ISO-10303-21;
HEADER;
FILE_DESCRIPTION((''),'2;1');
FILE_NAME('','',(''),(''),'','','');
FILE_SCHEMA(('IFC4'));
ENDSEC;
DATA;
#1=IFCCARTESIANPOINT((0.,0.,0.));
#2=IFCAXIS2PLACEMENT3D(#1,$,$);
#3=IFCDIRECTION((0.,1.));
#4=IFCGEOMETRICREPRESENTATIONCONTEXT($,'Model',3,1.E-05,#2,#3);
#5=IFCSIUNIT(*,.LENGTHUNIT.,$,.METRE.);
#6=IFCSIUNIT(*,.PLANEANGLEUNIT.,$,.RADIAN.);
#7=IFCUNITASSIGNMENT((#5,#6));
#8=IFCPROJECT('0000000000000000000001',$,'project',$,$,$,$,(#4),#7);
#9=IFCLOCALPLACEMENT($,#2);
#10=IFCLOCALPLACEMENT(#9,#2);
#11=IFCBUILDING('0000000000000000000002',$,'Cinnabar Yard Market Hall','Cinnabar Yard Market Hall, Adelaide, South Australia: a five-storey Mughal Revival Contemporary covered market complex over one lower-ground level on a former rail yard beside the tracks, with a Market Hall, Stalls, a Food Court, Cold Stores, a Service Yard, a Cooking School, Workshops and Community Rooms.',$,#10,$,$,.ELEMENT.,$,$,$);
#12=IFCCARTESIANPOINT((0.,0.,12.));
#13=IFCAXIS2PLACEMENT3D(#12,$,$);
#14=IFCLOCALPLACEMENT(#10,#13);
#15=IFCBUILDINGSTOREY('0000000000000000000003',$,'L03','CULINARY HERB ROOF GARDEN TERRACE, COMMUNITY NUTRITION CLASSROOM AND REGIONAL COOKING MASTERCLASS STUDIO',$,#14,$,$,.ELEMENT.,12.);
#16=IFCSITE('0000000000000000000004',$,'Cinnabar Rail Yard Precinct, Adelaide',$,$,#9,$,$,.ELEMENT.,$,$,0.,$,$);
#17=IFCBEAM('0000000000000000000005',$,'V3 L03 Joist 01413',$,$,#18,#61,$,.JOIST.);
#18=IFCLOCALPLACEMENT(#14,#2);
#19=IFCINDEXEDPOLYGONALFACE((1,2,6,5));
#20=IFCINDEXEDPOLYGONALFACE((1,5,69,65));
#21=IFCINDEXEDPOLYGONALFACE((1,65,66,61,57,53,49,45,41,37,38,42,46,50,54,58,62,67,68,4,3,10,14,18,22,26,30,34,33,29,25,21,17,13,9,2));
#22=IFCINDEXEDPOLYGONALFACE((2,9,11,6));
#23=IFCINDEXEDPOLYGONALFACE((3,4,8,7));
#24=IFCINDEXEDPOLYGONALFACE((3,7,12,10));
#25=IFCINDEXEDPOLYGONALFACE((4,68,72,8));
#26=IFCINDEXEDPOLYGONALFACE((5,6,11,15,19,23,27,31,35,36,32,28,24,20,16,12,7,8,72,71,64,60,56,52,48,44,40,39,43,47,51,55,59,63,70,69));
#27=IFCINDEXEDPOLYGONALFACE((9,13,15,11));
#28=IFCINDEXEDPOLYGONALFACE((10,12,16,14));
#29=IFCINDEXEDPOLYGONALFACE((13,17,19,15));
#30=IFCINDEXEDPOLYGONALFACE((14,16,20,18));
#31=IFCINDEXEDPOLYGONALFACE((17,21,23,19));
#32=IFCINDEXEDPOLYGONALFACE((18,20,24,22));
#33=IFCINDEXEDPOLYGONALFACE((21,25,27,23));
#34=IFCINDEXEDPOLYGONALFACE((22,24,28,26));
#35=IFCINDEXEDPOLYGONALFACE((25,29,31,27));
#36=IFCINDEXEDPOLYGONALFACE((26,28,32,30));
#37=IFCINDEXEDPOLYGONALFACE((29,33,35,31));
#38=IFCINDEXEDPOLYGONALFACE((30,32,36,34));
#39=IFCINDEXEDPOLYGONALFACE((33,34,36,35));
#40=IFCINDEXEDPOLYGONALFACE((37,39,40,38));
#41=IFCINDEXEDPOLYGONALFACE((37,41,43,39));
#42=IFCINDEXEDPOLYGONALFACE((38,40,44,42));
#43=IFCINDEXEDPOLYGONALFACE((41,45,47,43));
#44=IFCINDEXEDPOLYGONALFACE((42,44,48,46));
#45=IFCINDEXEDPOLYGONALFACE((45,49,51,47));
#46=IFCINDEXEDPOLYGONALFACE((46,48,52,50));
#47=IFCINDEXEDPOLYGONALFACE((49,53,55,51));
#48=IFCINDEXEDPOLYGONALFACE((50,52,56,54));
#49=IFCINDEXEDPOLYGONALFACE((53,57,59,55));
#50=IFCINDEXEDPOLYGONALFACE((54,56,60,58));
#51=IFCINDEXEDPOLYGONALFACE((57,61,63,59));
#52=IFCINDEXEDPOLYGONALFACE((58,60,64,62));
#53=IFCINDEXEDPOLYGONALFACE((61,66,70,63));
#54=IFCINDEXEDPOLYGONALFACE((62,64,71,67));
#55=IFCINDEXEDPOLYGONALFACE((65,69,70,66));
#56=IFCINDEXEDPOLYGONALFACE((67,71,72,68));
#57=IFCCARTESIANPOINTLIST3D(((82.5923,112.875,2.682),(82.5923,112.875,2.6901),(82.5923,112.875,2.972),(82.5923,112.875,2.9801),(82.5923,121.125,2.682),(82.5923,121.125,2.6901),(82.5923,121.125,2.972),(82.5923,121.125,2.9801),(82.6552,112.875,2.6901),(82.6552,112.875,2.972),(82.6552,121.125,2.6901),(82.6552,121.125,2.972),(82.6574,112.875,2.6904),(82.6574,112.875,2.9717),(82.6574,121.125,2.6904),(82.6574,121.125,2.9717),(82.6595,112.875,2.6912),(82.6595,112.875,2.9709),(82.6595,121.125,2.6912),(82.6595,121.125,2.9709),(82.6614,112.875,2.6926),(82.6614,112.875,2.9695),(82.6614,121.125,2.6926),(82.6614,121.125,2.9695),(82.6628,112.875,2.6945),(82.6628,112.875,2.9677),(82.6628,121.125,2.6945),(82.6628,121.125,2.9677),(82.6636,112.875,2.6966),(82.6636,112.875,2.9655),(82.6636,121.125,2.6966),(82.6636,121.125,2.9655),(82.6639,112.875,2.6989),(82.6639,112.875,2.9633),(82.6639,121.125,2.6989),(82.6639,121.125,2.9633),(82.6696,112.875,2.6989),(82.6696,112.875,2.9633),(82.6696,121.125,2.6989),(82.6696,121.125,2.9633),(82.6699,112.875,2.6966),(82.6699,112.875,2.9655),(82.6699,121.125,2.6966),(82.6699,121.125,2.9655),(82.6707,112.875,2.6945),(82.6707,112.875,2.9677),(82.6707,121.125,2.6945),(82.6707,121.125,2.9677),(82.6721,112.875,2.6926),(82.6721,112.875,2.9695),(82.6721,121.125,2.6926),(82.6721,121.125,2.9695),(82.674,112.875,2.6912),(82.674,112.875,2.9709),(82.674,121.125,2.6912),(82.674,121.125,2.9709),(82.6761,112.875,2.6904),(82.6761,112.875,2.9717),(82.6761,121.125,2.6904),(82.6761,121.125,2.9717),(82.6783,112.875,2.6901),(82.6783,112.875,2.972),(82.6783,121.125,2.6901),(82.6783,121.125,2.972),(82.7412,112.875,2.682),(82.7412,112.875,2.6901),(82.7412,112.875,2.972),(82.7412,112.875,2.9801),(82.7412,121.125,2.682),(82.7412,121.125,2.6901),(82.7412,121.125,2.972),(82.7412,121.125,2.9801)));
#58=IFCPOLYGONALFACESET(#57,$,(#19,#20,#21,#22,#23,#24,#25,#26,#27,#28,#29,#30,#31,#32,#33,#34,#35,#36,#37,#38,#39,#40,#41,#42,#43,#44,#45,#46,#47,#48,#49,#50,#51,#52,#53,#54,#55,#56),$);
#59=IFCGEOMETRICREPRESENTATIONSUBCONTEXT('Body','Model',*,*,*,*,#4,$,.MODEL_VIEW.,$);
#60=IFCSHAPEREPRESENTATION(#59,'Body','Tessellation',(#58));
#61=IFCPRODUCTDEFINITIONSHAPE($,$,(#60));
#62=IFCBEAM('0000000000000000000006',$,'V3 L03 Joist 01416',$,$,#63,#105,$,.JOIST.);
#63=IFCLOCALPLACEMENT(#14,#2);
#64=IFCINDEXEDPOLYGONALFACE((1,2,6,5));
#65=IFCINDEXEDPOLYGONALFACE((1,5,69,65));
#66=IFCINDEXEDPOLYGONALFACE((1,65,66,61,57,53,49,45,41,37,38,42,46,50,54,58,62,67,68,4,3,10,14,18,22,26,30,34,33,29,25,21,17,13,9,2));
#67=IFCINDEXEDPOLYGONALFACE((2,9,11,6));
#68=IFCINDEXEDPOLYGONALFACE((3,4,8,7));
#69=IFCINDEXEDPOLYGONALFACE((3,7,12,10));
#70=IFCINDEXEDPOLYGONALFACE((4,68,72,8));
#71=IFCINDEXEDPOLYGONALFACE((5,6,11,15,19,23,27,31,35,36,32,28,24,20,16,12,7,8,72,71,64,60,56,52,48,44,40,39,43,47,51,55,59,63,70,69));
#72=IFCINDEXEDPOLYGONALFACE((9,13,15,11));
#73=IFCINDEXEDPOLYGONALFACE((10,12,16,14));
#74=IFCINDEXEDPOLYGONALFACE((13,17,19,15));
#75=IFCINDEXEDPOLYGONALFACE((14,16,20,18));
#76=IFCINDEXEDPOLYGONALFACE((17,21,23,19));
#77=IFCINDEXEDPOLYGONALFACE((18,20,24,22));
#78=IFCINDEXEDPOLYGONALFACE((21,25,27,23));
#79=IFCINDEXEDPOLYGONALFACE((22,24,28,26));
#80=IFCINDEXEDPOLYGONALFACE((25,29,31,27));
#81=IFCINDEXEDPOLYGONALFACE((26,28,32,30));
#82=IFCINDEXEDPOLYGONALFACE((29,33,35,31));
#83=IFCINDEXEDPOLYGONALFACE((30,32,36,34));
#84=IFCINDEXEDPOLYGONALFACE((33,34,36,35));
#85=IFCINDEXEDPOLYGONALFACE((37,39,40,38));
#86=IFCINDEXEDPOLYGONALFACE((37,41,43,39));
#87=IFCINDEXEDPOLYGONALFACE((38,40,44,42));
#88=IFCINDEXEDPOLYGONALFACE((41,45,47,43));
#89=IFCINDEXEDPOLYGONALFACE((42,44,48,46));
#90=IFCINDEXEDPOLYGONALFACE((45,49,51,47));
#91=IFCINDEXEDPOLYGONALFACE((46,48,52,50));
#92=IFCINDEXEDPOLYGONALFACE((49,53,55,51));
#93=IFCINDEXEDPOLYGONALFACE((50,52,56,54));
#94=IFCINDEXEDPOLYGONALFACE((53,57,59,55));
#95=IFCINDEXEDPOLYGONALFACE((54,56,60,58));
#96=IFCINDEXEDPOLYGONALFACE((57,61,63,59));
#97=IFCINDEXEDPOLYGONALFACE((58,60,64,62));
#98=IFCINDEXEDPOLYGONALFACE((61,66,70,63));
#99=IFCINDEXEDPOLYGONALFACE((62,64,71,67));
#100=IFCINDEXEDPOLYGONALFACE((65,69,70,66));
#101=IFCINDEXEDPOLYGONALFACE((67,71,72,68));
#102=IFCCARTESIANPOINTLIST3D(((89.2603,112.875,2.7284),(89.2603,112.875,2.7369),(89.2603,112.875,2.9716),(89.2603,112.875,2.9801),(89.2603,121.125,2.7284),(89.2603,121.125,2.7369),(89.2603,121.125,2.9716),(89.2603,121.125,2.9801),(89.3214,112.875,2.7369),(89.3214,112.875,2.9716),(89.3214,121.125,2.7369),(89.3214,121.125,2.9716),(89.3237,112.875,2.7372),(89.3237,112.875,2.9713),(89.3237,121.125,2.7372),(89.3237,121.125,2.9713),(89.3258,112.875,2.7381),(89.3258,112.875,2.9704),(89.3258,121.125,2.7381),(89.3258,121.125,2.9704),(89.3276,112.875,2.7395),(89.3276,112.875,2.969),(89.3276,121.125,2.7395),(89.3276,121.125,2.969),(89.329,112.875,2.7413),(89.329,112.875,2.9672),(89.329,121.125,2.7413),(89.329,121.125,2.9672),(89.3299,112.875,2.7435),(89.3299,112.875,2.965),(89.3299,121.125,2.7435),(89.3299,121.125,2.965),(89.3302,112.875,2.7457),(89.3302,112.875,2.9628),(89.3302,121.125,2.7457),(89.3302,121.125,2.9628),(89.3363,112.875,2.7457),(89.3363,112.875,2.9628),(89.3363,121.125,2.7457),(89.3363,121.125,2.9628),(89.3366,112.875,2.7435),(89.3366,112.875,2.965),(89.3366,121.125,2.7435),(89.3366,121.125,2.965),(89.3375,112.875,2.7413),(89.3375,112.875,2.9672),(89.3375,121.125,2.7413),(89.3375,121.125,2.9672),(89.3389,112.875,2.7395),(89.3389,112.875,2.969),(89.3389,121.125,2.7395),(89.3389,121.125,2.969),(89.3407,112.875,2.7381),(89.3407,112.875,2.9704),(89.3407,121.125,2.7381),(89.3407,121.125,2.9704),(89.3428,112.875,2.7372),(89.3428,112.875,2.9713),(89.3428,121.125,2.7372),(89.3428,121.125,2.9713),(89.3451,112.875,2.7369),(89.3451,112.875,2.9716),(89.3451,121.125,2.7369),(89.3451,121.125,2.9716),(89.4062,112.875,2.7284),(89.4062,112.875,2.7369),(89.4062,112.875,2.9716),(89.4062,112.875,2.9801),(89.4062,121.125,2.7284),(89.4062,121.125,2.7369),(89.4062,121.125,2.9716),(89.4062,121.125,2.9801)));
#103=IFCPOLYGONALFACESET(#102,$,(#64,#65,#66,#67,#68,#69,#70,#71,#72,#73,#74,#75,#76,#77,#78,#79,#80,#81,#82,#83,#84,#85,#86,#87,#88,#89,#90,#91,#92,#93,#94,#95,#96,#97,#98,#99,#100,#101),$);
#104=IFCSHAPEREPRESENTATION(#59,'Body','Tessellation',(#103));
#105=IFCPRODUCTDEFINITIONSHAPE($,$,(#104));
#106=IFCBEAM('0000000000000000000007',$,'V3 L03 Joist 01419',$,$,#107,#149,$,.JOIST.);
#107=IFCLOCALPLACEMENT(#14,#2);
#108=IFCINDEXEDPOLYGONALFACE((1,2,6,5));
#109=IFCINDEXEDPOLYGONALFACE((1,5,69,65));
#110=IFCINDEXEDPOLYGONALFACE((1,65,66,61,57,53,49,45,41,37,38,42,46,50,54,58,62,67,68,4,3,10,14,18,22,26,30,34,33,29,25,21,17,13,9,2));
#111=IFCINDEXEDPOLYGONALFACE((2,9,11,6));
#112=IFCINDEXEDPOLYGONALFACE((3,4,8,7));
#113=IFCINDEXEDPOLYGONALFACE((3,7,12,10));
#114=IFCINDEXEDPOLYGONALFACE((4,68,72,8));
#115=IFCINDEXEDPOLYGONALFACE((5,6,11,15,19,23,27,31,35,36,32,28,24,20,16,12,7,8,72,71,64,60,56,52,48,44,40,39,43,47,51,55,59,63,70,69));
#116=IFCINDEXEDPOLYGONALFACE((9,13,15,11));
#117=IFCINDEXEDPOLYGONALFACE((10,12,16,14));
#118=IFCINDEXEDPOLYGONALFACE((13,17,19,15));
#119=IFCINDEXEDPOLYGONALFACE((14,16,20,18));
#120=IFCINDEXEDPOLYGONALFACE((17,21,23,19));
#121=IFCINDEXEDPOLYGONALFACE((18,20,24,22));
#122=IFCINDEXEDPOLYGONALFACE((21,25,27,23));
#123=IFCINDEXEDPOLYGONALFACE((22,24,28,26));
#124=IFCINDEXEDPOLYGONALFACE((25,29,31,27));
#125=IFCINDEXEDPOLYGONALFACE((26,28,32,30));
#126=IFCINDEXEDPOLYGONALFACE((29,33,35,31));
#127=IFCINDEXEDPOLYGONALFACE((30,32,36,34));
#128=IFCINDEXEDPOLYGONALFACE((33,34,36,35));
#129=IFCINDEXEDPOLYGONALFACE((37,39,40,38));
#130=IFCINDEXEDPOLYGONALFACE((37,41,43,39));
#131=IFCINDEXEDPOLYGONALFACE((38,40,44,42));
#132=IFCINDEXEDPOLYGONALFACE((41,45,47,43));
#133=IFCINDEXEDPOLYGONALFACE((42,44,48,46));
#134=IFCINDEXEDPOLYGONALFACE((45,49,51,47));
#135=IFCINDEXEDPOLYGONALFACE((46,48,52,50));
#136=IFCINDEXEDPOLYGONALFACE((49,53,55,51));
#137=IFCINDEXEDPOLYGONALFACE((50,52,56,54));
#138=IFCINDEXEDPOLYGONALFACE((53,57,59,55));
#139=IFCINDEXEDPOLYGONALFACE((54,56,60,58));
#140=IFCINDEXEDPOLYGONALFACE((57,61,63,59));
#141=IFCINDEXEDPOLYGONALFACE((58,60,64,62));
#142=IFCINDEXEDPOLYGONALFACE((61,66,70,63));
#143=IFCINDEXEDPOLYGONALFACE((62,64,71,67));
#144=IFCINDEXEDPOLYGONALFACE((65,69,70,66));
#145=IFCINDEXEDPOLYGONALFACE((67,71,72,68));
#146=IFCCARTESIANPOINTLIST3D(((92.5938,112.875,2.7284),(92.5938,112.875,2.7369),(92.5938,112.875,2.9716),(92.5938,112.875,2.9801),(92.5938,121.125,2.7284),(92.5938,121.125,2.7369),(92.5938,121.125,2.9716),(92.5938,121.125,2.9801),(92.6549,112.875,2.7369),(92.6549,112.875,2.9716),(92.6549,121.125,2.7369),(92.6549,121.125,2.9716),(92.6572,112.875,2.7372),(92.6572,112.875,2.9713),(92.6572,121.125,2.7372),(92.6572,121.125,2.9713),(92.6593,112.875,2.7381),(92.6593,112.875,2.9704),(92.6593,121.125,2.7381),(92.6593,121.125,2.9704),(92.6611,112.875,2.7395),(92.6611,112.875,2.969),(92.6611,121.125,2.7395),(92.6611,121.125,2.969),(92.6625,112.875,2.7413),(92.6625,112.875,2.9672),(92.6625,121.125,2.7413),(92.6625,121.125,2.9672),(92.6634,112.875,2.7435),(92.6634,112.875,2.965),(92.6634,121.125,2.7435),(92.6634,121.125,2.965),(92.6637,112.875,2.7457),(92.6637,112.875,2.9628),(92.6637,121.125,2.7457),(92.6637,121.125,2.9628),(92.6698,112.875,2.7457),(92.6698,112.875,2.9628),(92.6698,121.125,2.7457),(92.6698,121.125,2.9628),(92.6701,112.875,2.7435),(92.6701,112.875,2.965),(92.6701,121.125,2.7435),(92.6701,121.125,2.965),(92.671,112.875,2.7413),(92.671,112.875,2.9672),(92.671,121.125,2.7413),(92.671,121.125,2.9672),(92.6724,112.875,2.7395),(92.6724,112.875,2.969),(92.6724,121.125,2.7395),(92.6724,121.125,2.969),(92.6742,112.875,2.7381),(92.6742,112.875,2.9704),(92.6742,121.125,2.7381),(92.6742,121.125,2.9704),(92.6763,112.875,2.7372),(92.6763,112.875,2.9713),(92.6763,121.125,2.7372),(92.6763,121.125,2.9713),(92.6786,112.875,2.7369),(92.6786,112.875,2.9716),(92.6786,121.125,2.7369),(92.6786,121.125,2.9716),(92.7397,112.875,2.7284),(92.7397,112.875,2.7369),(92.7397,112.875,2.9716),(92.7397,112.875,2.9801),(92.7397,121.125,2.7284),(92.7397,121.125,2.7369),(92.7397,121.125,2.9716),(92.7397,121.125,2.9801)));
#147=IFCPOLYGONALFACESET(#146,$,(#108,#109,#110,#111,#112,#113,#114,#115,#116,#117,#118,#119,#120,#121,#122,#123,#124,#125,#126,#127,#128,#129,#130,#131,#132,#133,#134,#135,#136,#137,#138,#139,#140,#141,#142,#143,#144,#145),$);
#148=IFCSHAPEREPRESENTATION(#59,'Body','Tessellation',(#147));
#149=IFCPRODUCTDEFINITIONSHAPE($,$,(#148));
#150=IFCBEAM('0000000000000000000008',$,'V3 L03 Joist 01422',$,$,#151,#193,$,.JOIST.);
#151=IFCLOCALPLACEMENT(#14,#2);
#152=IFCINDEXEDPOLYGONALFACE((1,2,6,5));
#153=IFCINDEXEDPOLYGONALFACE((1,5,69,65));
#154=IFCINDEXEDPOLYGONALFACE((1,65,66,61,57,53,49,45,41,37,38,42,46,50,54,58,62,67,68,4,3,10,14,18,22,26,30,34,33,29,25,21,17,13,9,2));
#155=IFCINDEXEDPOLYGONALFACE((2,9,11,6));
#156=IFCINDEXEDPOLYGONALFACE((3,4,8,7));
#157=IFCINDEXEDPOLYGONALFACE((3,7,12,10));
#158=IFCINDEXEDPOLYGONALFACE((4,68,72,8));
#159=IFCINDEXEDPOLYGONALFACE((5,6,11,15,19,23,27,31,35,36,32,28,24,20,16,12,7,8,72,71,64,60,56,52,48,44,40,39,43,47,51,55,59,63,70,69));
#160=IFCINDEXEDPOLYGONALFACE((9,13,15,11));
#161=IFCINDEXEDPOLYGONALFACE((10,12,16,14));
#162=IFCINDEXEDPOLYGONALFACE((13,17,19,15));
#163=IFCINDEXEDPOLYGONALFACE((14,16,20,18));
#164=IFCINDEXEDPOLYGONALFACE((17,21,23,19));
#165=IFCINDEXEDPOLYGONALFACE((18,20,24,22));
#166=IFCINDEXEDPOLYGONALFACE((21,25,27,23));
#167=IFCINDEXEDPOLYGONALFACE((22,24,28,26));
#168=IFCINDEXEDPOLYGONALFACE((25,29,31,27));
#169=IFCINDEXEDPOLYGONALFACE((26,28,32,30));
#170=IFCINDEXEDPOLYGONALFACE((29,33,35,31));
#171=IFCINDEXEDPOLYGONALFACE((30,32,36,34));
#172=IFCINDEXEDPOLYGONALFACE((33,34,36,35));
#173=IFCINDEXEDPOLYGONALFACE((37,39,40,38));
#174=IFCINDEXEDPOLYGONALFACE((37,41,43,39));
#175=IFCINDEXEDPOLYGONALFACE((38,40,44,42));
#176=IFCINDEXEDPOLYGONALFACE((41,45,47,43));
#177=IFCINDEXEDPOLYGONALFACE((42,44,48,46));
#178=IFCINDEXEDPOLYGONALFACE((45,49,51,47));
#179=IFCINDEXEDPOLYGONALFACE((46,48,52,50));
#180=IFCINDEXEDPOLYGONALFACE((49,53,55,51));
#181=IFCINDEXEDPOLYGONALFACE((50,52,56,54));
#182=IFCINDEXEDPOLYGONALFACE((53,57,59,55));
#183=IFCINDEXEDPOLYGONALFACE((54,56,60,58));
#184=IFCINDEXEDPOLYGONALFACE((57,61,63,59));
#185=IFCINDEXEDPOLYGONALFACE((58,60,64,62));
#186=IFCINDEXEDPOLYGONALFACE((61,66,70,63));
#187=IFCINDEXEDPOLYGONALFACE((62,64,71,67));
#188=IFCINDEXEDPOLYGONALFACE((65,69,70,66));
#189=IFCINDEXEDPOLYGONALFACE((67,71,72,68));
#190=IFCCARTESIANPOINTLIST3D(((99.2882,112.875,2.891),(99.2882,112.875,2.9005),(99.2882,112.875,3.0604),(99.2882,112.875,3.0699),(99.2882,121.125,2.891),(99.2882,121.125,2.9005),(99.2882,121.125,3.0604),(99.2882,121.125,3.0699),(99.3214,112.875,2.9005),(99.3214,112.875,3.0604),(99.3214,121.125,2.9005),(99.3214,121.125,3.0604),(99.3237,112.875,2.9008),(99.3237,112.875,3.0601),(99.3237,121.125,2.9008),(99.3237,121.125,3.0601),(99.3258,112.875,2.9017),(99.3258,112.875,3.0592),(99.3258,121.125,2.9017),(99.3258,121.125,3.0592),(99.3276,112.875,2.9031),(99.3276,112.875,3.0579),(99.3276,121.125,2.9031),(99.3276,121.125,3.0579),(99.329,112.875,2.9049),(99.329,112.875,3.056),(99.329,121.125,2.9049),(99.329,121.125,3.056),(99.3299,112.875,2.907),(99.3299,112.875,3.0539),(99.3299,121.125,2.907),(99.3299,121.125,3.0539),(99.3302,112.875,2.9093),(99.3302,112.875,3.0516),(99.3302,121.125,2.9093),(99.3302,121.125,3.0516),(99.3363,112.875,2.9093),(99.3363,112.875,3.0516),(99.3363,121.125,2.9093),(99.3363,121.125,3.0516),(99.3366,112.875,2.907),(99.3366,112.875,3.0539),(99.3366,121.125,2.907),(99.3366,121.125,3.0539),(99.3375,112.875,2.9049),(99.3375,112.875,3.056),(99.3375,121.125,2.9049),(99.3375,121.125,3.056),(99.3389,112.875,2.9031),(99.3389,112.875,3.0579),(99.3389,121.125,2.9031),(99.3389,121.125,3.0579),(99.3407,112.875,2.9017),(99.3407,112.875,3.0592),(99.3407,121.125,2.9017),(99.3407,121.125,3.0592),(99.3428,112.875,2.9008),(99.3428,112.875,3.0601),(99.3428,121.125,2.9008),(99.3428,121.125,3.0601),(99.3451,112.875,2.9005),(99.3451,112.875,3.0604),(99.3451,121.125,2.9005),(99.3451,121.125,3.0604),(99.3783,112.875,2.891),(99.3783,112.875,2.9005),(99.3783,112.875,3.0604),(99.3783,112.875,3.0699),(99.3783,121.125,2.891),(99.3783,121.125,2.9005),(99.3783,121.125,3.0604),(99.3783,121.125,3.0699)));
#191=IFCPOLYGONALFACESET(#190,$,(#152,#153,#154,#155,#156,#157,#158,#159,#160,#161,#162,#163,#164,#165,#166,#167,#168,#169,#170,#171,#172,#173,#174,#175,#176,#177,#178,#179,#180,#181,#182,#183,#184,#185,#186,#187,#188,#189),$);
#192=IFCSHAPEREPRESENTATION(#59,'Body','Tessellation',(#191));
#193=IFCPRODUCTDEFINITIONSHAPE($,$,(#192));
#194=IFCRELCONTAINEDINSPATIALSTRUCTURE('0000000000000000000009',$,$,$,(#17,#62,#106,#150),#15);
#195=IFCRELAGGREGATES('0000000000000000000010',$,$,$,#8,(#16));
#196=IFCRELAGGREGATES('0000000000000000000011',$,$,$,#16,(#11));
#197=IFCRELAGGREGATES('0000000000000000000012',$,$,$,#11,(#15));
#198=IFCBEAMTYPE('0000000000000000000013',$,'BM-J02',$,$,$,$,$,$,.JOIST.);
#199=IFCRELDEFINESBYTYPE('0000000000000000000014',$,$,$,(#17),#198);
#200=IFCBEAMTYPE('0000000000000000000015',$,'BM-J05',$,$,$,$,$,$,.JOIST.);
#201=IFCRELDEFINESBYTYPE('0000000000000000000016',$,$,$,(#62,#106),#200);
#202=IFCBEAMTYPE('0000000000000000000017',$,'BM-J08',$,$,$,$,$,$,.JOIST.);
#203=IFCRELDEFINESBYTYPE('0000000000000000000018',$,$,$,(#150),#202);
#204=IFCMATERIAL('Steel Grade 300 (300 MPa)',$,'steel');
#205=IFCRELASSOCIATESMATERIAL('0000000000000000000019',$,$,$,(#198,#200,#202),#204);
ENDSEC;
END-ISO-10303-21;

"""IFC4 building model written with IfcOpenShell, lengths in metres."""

from ifc_helpers import new_model, si_unit, direction, frame, origin, origin_2d_with_axis, place, context, subcontext, project, spatial, i_section, extrude, material, material_profile, profile_set, type_object, element, save


model = new_model("IFC4")

# Units and contexts
model_context = context("Model", 3, precision=1e-05, world=origin(), true_north=direction((0.0, 1.0)))
body_context = subcontext(model_context, "Body", "Model", "MODEL_VIEW")
ifc_project = project(units=[si_unit("LENGTHUNIT", "METRE"), si_unit("PLANEANGLEUNIT", "RADIAN")], contexts=[model_context])

# Site, building, storey
site_placement = place(None, origin())
site = spatial("IfcSite", under=ifc_project, at=site_placement, Name="Cinnabar Rail Yard Precinct, Adelaide", CompositionType="ELEMENT", RefElevation=0.0)
building_placement = place(site_placement, origin())
building = spatial("IfcBuilding", under=site, at=building_placement, Name="Cinnabar Yard Market Hall", Description="Cinnabar Yard Market Hall, Adelaide, South Australia: a five-storey Mughal Revival Contemporary covered market complex over one lower-ground level on a former rail yard beside the tracks, with a Market Hall, Stalls, a Food Court, Cold Stores, a Service Yard, a Cooking School, Workshops and Community Rooms.", CompositionType="ELEMENT")
storey_placement = place(building_placement, frame((0.0, 0.0, 12.0)))
storey = spatial("IfcBuildingStorey", under=building, at=storey_placement, Name="L03", Description="CULINARY HERB ROOF GARDEN TERRACE, COMMUNITY NUTRITION CLASSROOM AND REGIONAL COOKING MASTERCLASS STUDIO", CompositionType="ELEMENT", Elevation=12.0)

# Shared definitions
ifc_material_1 = material(Name="Steel Grade 300 (300 MPa)", Category="steel")

# Beams
ifc_material_profile_1 = material_profile(ifc_material_1, i_section(OverallWidth=0.1489, OverallDepth=0.2981, WebThickness=0.0056, FlangeThickness=0.0081, FilletRadius=0.0088, at=origin_2d_with_axis()), Name="310UB32.0")
ifc_profile_set_1 = profile_set([ifc_material_profile_1], Name="Steel Grade 300 (300 MPa)")
beam_type_1 = type_object("IfcBeamType", Name="BM-J02", PredefinedType="JOIST", material=ifc_profile_set_1)
for number, where, z_axis, x_axis, name in (
    (1, (82.6667, 112.875, 2.8311), (0.0, 1.0, 0.0), (-1.0, 0.0, 0.0), "V3 L03 Joist 01413"),
):
    element("IfcBeam", number, at=place(storey_placement, frame(where, z_axis=z_axis, x_axis=x_axis)), inside=storey, type_object=beam_type_1, Name=name, PredefinedType="JOIST", context=body_context, shape_type="SweptSolid", body=[
        extrude(i_section(OverallWidth=0.1489, OverallDepth=0.2981, WebThickness=0.0056, FlangeThickness=0.0081, FilletRadius=0.0088, at=origin_2d_with_axis()), origin(), (0.0, 0.0, 1.0), 8.25),
    ])
ifc_material_profile_2 = material_profile(ifc_material_1, i_section(OverallWidth=0.146, OverallDepth=0.2517, WebThickness=0.0061, FlangeThickness=0.0085, FilletRadius=0.0088, at=origin_2d_with_axis()), Name="250UB31.4")
ifc_profile_set_2 = profile_set([ifc_material_profile_2], Name="Steel Grade 300 (300 MPa)")
beam_type_2 = type_object("IfcBeamType", Name="BM-J05", PredefinedType="JOIST", material=ifc_profile_set_2)
for number, where, z_axis, x_axis, name in (
    (2, (89.3333, 112.875, 2.8542), (0.0, 1.0, 0.0), (-1.0, 0.0, 0.0), "V3 L03 Joist 01416"),
    (3, (92.6667, 112.875, 2.8542), (0.0, 1.0, 0.0), (-1.0, 0.0, 0.0), "V3 L03 Joist 01419"),
):
    element("IfcBeam", number, at=place(storey_placement, frame(where, z_axis=z_axis, x_axis=x_axis)), inside=storey, type_object=beam_type_2, Name=name, PredefinedType="JOIST", context=body_context, shape_type="SweptSolid", body=[
        extrude(i_section(OverallWidth=0.146, OverallDepth=0.2517, WebThickness=0.0061, FlangeThickness=0.0085, FilletRadius=0.0088, at=origin_2d_with_axis()), origin(), (0.0, 0.0, 1.0), 8.25),
    ])
ifc_material_profile_3 = material_profile(ifc_material_1, i_section(OverallWidth=0.0901, OverallDepth=0.179, WebThickness=0.0061, FlangeThickness=0.0095, FilletRadius=0.0088, at=origin_2d_with_axis()), Name="180UB22.2")
ifc_profile_set_3 = profile_set([ifc_material_profile_3], Name="Steel Grade 300 (300 MPa)")
beam_type_3 = type_object("IfcBeamType", Name="BM-J08", PredefinedType="JOIST", material=ifc_profile_set_3)
beam_placement = place(storey_placement, frame((99.3333, 112.875, 2.9805), z_axis=(0.0, 1.0, 0.0), x_axis=(-1.0, 0.0, 0.0)))
element("IfcBeam", 4, at=beam_placement, inside=storey, type_object=beam_type_3, Name="V3 L03 Joist 01422", PredefinedType="JOIST", context=body_context, shape_type="SweptSolid", body=[
    extrude(i_section(OverallWidth=0.0901, OverallDepth=0.179, WebThickness=0.0061, FlangeThickness=0.0095, FilletRadius=0.0088, at=origin_2d_with_axis()), origin(), (0.0, 0.0, 1.0), 8.25),
])

save(model, "model.ifc")
